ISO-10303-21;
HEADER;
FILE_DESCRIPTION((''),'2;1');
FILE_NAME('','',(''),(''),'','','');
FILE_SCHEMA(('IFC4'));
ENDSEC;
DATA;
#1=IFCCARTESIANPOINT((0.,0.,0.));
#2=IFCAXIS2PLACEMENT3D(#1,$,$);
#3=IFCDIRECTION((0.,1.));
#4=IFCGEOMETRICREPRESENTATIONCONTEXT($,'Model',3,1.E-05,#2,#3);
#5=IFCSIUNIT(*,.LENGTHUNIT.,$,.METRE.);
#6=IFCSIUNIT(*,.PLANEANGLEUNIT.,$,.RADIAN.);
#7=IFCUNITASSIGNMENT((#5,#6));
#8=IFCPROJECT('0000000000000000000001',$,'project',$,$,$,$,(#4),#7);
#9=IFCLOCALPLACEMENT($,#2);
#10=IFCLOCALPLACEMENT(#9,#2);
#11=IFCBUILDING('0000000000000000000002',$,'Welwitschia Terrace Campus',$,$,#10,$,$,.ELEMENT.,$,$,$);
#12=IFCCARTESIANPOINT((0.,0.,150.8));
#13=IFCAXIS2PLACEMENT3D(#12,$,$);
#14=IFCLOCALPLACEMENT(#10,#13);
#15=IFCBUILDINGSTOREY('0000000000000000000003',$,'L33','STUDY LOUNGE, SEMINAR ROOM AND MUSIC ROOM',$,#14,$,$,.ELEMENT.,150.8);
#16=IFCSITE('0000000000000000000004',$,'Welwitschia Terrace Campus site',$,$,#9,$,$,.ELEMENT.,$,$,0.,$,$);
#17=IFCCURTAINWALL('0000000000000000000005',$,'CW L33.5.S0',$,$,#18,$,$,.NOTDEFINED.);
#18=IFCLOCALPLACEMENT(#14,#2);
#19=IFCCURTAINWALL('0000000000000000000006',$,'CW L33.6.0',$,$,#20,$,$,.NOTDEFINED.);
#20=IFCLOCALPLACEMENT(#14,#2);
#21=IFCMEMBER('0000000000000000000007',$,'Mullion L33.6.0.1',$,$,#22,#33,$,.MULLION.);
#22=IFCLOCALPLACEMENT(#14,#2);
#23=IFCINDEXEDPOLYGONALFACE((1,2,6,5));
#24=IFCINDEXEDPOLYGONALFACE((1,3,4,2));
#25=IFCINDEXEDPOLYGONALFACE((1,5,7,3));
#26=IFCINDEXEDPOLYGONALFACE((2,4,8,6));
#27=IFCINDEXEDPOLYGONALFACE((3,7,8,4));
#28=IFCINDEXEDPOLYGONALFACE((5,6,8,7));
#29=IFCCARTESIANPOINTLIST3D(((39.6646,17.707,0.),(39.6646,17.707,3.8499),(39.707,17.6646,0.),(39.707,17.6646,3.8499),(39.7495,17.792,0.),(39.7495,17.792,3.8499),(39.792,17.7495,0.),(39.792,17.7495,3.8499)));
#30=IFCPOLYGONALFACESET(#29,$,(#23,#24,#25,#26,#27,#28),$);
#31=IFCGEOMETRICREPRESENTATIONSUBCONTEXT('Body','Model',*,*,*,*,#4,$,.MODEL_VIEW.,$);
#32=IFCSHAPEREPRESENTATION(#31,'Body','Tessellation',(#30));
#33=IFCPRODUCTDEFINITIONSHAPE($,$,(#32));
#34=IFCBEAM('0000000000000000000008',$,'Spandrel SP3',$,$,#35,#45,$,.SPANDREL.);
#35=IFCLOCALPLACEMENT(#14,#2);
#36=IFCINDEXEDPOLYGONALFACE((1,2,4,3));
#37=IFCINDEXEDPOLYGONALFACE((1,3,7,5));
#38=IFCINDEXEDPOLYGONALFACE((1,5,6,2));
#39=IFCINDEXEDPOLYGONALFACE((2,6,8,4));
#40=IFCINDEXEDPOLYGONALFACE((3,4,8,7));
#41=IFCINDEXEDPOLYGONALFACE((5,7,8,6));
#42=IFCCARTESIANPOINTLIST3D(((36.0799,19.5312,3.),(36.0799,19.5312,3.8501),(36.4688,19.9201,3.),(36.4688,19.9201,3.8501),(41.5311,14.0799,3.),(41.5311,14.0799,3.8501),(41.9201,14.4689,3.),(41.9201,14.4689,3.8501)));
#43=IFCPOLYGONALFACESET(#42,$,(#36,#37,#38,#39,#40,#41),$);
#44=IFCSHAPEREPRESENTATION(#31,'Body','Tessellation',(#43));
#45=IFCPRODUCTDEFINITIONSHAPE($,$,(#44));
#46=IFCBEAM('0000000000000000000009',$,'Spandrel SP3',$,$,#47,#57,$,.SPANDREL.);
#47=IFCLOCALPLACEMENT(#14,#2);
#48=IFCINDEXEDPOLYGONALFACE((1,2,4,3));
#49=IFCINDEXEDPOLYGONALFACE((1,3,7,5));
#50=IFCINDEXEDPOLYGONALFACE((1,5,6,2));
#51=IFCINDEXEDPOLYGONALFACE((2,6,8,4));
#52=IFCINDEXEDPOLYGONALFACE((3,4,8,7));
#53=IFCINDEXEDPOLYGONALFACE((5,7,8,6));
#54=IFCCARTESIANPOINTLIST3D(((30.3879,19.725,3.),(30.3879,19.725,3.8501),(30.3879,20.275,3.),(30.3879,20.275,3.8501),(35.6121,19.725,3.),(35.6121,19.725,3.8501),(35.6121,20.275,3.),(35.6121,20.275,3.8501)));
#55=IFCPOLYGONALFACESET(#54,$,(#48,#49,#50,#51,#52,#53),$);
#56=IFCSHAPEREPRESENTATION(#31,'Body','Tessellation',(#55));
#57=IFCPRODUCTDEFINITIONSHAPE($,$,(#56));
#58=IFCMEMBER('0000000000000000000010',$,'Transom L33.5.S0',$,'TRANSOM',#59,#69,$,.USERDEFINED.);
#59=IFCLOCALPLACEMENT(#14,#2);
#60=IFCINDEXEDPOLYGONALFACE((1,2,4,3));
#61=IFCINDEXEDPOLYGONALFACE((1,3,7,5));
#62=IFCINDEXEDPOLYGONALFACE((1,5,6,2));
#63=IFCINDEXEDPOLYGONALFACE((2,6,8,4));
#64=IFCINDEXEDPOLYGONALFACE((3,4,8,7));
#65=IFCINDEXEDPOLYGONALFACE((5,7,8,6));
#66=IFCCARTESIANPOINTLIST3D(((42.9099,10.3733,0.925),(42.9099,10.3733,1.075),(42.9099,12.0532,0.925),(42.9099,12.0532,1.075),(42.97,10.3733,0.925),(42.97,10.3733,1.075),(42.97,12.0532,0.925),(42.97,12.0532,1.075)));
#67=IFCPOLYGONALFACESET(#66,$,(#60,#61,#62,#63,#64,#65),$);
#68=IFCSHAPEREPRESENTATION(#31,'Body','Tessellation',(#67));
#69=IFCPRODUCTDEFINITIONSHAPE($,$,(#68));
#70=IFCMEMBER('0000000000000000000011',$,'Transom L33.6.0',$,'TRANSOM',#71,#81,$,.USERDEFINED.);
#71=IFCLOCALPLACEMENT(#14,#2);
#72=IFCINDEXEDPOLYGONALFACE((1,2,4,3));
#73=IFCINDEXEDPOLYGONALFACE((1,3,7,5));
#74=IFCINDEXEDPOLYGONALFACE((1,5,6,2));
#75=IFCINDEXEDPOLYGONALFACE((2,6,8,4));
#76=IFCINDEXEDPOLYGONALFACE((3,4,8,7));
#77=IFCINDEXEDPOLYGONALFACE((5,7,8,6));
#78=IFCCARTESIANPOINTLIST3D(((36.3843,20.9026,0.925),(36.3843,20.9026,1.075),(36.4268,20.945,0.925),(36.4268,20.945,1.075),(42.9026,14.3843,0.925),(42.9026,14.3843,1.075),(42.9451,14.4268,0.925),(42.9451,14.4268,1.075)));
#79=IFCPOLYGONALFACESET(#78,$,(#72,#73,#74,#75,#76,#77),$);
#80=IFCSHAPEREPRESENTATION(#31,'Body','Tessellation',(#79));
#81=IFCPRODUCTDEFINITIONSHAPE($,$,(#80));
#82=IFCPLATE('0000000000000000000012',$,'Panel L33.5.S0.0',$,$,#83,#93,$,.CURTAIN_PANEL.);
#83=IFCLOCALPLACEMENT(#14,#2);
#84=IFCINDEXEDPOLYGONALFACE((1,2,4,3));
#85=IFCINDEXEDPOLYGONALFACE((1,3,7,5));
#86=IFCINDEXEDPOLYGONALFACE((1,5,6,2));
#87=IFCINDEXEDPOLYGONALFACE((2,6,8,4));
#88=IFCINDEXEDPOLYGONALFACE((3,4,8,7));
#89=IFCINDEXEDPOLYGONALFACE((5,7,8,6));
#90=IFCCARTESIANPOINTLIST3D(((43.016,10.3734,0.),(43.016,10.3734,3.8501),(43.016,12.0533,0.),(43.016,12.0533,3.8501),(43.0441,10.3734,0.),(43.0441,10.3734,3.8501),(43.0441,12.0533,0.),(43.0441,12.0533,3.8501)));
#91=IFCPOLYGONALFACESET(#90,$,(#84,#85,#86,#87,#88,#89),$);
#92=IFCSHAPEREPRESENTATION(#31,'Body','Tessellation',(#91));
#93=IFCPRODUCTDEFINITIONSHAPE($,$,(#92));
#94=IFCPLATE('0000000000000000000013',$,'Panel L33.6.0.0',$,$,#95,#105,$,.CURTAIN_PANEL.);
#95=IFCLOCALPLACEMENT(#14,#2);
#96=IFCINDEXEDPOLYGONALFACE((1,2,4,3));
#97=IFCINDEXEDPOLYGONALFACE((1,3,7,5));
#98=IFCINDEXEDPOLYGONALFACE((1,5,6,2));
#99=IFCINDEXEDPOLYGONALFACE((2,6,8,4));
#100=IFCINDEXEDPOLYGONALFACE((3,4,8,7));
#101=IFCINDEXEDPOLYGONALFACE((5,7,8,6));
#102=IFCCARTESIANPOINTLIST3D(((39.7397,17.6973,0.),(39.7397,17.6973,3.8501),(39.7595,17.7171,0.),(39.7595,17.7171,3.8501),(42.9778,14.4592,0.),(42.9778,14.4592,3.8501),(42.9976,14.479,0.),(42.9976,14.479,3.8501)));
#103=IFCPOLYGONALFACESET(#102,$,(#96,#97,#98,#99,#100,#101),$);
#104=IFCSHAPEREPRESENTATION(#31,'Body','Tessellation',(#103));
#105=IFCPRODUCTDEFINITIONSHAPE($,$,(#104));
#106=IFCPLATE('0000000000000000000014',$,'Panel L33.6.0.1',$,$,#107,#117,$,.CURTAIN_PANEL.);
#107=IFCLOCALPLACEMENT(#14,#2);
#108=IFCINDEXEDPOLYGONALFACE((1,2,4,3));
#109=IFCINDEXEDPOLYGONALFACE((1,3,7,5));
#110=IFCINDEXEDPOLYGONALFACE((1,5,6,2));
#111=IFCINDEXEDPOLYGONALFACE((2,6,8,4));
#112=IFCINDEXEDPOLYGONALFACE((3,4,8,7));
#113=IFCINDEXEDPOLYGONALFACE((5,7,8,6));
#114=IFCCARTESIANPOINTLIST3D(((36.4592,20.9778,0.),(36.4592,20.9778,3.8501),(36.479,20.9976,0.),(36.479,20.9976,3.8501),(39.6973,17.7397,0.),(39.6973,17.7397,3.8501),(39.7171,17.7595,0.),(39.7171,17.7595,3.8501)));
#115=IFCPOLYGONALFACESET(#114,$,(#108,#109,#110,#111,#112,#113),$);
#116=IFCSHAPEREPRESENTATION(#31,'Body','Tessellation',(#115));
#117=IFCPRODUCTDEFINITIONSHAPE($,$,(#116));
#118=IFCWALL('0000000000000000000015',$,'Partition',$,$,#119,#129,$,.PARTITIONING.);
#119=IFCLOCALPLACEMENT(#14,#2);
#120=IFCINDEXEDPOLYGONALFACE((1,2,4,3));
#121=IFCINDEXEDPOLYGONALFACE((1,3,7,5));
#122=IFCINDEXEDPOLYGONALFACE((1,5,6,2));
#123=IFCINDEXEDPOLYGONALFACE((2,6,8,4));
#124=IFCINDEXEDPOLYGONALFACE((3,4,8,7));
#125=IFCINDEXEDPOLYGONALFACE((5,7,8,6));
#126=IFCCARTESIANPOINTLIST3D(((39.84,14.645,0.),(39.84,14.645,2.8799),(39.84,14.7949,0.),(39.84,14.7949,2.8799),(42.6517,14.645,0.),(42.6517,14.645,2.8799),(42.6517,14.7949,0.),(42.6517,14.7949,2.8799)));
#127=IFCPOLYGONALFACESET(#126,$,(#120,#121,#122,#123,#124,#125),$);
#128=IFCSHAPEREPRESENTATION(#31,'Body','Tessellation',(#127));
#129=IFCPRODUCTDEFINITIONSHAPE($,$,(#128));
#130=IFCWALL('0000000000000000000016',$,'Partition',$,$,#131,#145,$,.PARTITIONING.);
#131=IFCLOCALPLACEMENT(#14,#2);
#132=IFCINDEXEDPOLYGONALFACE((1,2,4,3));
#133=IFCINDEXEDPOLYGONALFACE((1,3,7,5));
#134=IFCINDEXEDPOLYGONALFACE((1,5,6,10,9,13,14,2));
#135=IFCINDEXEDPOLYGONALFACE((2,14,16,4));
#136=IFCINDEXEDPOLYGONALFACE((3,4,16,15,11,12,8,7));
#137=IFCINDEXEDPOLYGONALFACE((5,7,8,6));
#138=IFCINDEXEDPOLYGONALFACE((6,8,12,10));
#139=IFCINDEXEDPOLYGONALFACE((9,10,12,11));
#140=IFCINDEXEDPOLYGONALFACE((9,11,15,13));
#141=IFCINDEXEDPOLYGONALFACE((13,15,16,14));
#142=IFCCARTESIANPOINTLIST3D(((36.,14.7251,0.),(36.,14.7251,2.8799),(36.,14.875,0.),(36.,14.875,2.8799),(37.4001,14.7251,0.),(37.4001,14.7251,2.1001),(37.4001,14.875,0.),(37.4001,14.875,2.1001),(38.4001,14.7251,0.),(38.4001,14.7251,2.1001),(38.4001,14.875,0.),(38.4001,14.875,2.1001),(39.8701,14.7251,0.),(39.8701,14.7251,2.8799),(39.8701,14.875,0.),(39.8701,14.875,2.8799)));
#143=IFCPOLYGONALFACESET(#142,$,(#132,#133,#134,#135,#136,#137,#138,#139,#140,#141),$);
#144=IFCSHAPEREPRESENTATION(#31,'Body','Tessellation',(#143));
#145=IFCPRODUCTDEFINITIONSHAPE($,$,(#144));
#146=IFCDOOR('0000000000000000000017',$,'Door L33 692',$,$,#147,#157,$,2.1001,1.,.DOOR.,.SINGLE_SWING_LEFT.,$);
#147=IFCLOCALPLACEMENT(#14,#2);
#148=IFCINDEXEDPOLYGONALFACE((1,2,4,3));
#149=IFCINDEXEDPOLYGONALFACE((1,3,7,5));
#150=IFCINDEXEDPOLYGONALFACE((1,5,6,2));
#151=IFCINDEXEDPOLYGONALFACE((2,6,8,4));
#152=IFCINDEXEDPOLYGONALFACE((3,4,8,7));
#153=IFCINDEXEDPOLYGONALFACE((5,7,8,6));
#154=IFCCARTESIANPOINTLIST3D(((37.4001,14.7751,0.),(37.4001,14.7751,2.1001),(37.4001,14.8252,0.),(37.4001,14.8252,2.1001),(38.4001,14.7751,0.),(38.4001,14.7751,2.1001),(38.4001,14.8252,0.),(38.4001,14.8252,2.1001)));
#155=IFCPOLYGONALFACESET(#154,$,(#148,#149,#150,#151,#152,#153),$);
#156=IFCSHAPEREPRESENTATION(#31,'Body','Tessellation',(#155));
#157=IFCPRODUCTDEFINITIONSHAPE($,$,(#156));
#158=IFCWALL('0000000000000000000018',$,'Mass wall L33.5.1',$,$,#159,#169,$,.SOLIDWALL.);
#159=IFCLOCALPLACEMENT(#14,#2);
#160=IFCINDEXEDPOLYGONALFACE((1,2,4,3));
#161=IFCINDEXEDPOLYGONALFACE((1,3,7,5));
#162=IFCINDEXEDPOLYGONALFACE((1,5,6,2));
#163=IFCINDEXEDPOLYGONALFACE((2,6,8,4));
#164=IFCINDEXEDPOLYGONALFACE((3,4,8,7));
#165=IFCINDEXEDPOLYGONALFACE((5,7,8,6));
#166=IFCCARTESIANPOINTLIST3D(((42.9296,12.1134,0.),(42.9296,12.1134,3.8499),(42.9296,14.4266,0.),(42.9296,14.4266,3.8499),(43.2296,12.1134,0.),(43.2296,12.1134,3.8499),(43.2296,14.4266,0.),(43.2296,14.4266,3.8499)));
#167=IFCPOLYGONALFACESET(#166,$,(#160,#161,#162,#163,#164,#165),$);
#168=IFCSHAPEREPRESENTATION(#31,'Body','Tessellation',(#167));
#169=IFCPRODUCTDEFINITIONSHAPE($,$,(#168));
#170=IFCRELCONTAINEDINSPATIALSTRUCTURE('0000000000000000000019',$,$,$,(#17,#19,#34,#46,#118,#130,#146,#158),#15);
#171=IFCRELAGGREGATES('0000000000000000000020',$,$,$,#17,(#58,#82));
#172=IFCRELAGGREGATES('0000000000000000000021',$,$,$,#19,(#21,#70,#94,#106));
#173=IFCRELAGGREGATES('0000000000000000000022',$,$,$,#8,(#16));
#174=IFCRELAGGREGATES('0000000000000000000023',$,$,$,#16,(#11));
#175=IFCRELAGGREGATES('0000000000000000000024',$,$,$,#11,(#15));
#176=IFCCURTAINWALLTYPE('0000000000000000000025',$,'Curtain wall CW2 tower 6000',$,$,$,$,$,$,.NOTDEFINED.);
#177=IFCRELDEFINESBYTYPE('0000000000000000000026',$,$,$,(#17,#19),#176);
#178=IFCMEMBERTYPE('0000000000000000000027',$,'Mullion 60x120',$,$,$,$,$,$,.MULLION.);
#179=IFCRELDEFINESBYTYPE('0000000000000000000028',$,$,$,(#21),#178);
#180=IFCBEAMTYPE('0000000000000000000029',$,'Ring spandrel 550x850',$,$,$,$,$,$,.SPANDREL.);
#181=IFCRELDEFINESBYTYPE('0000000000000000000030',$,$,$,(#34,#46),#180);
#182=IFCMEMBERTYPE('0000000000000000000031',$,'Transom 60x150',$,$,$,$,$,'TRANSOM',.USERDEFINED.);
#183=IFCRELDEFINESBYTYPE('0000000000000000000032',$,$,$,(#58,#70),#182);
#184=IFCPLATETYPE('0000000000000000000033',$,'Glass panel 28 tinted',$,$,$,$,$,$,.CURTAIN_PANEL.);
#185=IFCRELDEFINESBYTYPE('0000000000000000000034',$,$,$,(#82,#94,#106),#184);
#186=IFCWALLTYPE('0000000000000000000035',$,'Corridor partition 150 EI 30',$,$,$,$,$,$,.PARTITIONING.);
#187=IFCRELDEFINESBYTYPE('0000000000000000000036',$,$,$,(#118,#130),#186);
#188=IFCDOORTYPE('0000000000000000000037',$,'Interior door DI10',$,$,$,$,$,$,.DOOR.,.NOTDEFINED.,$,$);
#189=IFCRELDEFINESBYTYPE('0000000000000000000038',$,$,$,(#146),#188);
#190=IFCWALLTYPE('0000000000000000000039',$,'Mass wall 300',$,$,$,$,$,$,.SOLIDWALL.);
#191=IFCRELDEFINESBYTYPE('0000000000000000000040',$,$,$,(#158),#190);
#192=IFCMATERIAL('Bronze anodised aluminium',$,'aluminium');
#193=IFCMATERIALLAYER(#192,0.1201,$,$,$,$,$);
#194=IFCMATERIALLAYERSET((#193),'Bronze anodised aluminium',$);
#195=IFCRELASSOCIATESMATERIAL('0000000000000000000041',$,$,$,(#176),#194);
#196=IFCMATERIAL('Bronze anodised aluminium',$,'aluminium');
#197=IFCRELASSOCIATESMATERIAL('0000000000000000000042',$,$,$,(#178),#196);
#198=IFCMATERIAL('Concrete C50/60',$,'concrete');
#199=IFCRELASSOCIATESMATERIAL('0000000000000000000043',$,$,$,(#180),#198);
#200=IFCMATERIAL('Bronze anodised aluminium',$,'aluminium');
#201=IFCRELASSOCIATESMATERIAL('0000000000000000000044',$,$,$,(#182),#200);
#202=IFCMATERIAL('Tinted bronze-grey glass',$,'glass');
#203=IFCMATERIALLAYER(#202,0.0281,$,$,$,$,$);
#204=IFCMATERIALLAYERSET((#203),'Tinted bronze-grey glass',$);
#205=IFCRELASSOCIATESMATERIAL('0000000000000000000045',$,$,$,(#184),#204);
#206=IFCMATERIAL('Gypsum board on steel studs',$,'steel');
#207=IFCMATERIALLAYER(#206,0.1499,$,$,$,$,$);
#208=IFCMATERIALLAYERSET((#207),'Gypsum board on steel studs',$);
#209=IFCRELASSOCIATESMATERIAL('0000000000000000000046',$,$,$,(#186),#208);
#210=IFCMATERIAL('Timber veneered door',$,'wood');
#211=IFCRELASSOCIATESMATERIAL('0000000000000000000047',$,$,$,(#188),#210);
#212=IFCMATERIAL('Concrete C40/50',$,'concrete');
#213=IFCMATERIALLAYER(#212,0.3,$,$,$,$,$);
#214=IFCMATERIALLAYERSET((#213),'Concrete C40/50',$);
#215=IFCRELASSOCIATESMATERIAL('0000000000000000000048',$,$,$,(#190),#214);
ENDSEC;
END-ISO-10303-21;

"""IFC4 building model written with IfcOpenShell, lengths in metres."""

from ifc_helpers import new_model, si_unit, direction, frame, frame_2d, origin, origin_2d, place, context, subcontext, project, spatial, rectangle, extrude, material, layer, layer_set, material_profile, profile_set, type_object, element, fill, aggregate, save


model = new_model("IFC4")

# Units and contexts
model_context = context("Model", 3, precision=1e-05, world=origin(), true_north=direction((0.0, 1.0)))
body_context = subcontext(model_context, "Body", "Model", "MODEL_VIEW")
ifc_project = project(units=[si_unit("LENGTHUNIT", "METRE"), si_unit("PLANEANGLEUNIT", "RADIAN")], contexts=[model_context])

# Site, building, storey
site_placement = place(None, origin())
site = spatial("IfcSite", under=ifc_project, at=site_placement, Name="Welwitschia Terrace Campus site", CompositionType="ELEMENT", RefElevation=0.0)
building_placement = place(site_placement, origin())
building = spatial("IfcBuilding", under=site, at=building_placement, Name="Welwitschia Terrace Campus", CompositionType="ELEMENT")
storey_placement = place(building_placement, frame((0.0, 0.0, 150.8)))
storey = spatial("IfcBuildingStorey", under=building, at=storey_placement, Name="L33", Description="STUDY LOUNGE, SEMINAR ROOM AND MUSIC ROOM", CompositionType="ELEMENT", Elevation=150.8)

# Curtain walls, member
ifc_material_1 = material(Name="Bronze anodised aluminium", Category="aluminium")
ifc_layer_1 = layer(ifc_material_1, 0.1201)
ifc_layer_set_1 = layer_set([ifc_layer_1], Name="Bronze anodised aluminium")
curtain_wall_type = type_object("IfcCurtainWallType", Name="Curtain wall CW2 tower 6000", PredefinedType="NOTDEFINED", material=ifc_layer_set_1)
curtain_wall_1_placement = place(storey_placement, origin())
curtain_wall_1 = element("IfcCurtainWall", 1, at=curtain_wall_1_placement, inside=storey, type_object=curtain_wall_type, Name="CW L33.5.S0", PredefinedType="NOTDEFINED")
ifc_material_2 = material(Name="Bronze anodised aluminium", Category="aluminium")
ifc_material_profile_1 = material_profile(ifc_material_2, rectangle(XDim=0.1201, YDim=0.0601, at=origin_2d()))
ifc_profile_set_1 = profile_set([ifc_material_profile_1], Name="Bronze anodised aluminium")
member_type_1 = type_object("IfcMemberType", Name="Mullion 60x120", PredefinedType="MULLION", material=ifc_profile_set_1)
curtain_wall_2_placement = place(storey_placement, origin())
curtain_wall_2 = element("IfcCurtainWall", 2, at=curtain_wall_2_placement, inside=storey, type_object=curtain_wall_type, Name="CW L33.6.0", PredefinedType="NOTDEFINED")
member_1_placement = place(storey_placement, frame((39.7283, 17.7283, 0.0), z_axis=(0.0, 0.0, 1.0), x_axis=(-0.707107, -0.707107, 0.0)))
member_1 = element("IfcMember", 3, at=member_1_placement, type_object=member_type_1, Name="Mullion L33.6.0.1", PredefinedType="MULLION", context=body_context, shape_type="SweptSolid", body=[
    extrude(rectangle(XDim=0.1201, YDim=0.0601, at=origin_2d()), origin(), (0.0, 0.0, 1.0), 3.8499),
])

# Beams
ifc_material_3 = material(Name="Concrete C50/60", Category="concrete")
ifc_material_profile_2 = material_profile(ifc_material_3, rectangle(XDim=0.55, YDim=0.8501, at=origin_2d()))
ifc_profile_set_2 = profile_set([ifc_material_profile_2], Name="Concrete C50/60")
beam_type_1 = type_object("IfcBeamType", Name="Ring spandrel 550x850", PredefinedType="SPANDREL", material=ifc_profile_set_2)
beam_1_placement = place(storey_placement, frame((41.7256, 14.2744, 3.425), z_axis=(-0.707107, 0.707107, 0.0), x_axis=(-0.707107, -0.707107, 0.0)))
element("IfcBeam", 4, at=beam_1_placement, inside=storey, type_object=beam_type_1, Name="Spandrel SP3", PredefinedType="SPANDREL", context=body_context, shape_type="SweptSolid", body=[
    extrude(rectangle(XDim=0.55, YDim=0.8501, at=origin_2d()), origin(), (0.0, 0.0, 1.0), 7.7092),
])
beam_2_placement = place(storey_placement, frame((35.6121, 20.0, 3.425), z_axis=(-1.0, 0.0, 0.0), x_axis=(0.0, -1.0, 0.0)))
element("IfcBeam", 5, at=beam_2_placement, inside=storey, type_object=beam_type_1, Name="Spandrel SP3", PredefinedType="SPANDREL", context=body_context, shape_type="SweptSolid", body=[
    extrude(rectangle(XDim=0.55, YDim=0.8501, at=origin_2d()), origin(), (0.0, 0.0, 1.0), 5.2241),
])

# Members
ifc_material_4 = material(Name="Bronze anodised aluminium", Category="aluminium")
ifc_material_profile_3 = material_profile(ifc_material_4, rectangle(XDim=0.0601, YDim=0.1499, at=origin_2d()))
ifc_profile_set_3 = profile_set([ifc_material_profile_3], Name="Bronze anodised aluminium")
member_type_2 = type_object("IfcMemberType", Name="Transom 60x150", ElementType="TRANSOM", PredefinedType="USERDEFINED", material=ifc_profile_set_3)
member_2_placement = place(storey_placement, frame((42.9399, 10.3733, 1.0), z_axis=(0.0, 1.0, 0.0), x_axis=(-1.0, 0.0, 0.0)))
member_2 = element("IfcMember", 6, at=member_2_placement, type_object=member_type_2, Name="Transom L33.5.S0", ObjectType="TRANSOM", PredefinedType="USERDEFINED", context=body_context, shape_type="SweptSolid", body=[
    extrude(rectangle(XDim=0.0601, YDim=0.1499, at=origin_2d()), origin(), (0.0, 0.0, 1.0), 1.6799),
])
member_3_placement = place(storey_placement, frame((42.9238, 14.4055, 1.0), z_axis=(-0.707107, 0.707107, 0.0), x_axis=(-0.707107, -0.707107, 0.0)))
member_3 = element("IfcMember", 7, at=member_3_placement, type_object=member_type_2, Name="Transom L33.6.0", ObjectType="TRANSOM", PredefinedType="USERDEFINED", context=body_context, shape_type="SweptSolid", body=[
    extrude(rectangle(XDim=0.0601, YDim=0.1499, at=origin_2d()), origin(), (0.0, 0.0, 1.0), 9.2183),
])

# Plates
ifc_material_5 = material(Name="Tinted bronze-grey glass", Category="glass")
ifc_layer_2 = layer(ifc_material_5, 0.0281)
ifc_layer_set_2 = layer_set([ifc_layer_2], Name="Tinted bronze-grey glass")
plate_type = type_object("IfcPlateType", Name="Glass panel 28 tinted", PredefinedType="CURTAIN_PANEL", material=ifc_layer_set_2)
plate_1_placement = place(storey_placement, frame((43.03, 11.2134, 0.0), z_axis=(0.0, 0.0, 1.0), x_axis=(0.0, 1.0, 0.0)))
plate_1 = element("IfcPlate", 8, at=plate_1_placement, type_object=plate_type, Name="Panel L33.5.S0.0", PredefinedType="CURTAIN_PANEL", context=body_context, shape_type="SweptSolid", body=[
    extrude(rectangle(XDim=1.6799, YDim=0.0281, at=origin_2d()), origin(), (0.0, 0.0, 1.0), 3.8501),
])
aggregate(curtain_wall_1, [member_2, plate_1])
plate_2_placement = place(storey_placement, frame((41.3687, 16.0881, 0.0), z_axis=(0.0, 0.0, 1.0), x_axis=(-0.707107, 0.707107, 0.0)))
plate_2 = element("IfcPlate", 9, at=plate_2_placement, type_object=plate_type, Name="Panel L33.6.0.0", PredefinedType="CURTAIN_PANEL", context=body_context, shape_type="SweptSolid", body=[
    extrude(rectangle(XDim=4.5793, YDim=0.0281, at=origin_2d()), origin(), (0.0, 0.0, 1.0), 3.8501),
])
plate_3_placement = place(storey_placement, frame((38.0881, 19.3687, 0.0), z_axis=(0.0, 0.0, 1.0), x_axis=(-0.707107, 0.707107, 0.0)))
plate_3 = element("IfcPlate", 10, at=plate_3_placement, type_object=plate_type, Name="Panel L33.6.0.1", PredefinedType="CURTAIN_PANEL", context=body_context, shape_type="SweptSolid", body=[
    extrude(rectangle(XDim=4.5793, YDim=0.0281, at=origin_2d()), origin(), (0.0, 0.0, 1.0), 3.8501),
])
aggregate(curtain_wall_2, [member_1, member_3, plate_2, plate_3])

# Wall
ifc_material_6 = material(Name="Gypsum board on steel studs", Category="steel")
ifc_layer_3 = layer(ifc_material_6, 0.1499)
ifc_layer_set_3 = layer_set([ifc_layer_3], Name="Gypsum board on steel studs")
wall_type_1 = type_object("IfcWallType", Name="Corridor partition 150 EI 30", PredefinedType="PARTITIONING", material=ifc_layer_set_3)
wall_1_placement = place(storey_placement, frame((39.8401, 14.72, 0.0), z_axis=(0.0, 0.0, 1.0), x_axis=(1.0, 0.0, 0.0)))
element("IfcWall", 11, at=wall_1_placement, inside=storey, type_object=wall_type_1, Name="Partition", PredefinedType="PARTITIONING", context=body_context, shape_type="SweptSolid", body=[
    extrude(rectangle(XDim=2.8118, YDim=0.1499, at=frame_2d((1.4058, 0.0))), origin(), (0.0, 0.0, 1.0), 2.8799),
])

# Wall, opening, door
wall_2_placement = place(storey_placement, frame((39.8701, 14.8, 0.0), z_axis=(0.0, 0.0, 1.0), x_axis=(-1.0, 0.0, 0.0)))
wall_2 = element("IfcWall", 12, at=wall_2_placement, inside=storey, type_object=wall_type_1, Name="Partition", PredefinedType="PARTITIONING", context=body_context, shape_type="SweptSolid", body=[
    extrude(rectangle(XDim=3.8701, YDim=0.1499, at=frame_2d((1.9351, 0.0))), origin(), (0.0, 0.0, 1.0), 2.8799),
])
opening_placement = place(wall_2_placement, frame((1.47, 0.0, 0.0)))
opening = element("IfcOpeningElement", 13, at=opening_placement, cuts=wall_2, PredefinedType="OPENING", context=body_context, shape_type="SweptSolid", body=[
    extrude(rectangle(XDim=1.0, YDim=2.1001, at=frame_2d((0.5, 1.05))), frame((0.0, 0.085, 0.0), z_axis=(0.0, -1.0, 0.0), x_axis=(1.0, 0.0, 0.0)), (0.0, 0.0, 1.0), 0.1699),
])
ifc_material_7 = material(Name="Timber veneered door", Category="wood")
door_type = type_object("IfcDoorType", Name="Interior door DI10", OperationType="NOTDEFINED", PredefinedType="DOOR", material=ifc_material_7)
door_placement = place(opening_placement, origin())
door = element("IfcDoor", 14, at=door_placement, inside=storey, type_object=door_type, Name="Door L33 692", OperationType="SINGLE_SWING_LEFT", OverallHeight=2.1001, OverallWidth=1.0, PredefinedType="DOOR", context=body_context, shape_type="SweptSolid", body=[
    extrude(rectangle(XDim=1.0, YDim=2.1001, at=frame_2d((0.5, 1.05))), frame((0.0, 0.0249, 0.0), z_axis=(0.0, -1.0, 0.0), x_axis=(1.0, 0.0, 0.0)), (0.0, 0.0, 1.0), 0.05),
])
fill(opening, door)

# Wall
ifc_material_8 = material(Name="Concrete C40/50", Category="concrete")
ifc_layer_4 = layer(ifc_material_8, 0.3)
ifc_layer_set_4 = layer_set([ifc_layer_4], Name="Concrete C40/50")
wall_type_2 = type_object("IfcWallType", Name="Mass wall 300", PredefinedType="SOLIDWALL", material=ifc_layer_set_4)
wall_3_placement = place(storey_placement, frame((43.0796, 12.1133, 0.0), z_axis=(0.0, 0.0, 1.0), x_axis=(0.0, 1.0, 0.0)))
element("IfcWall", 15, at=wall_3_placement, inside=storey, type_object=wall_type_2, Name="Mass wall L33.5.1", PredefinedType="SOLIDWALL", context=body_context, shape_type="SweptSolid", body=[
    extrude(rectangle(XDim=2.3132, YDim=0.3, at=frame_2d((1.1567, 0.0))), origin(), (0.0, 0.0, 1.0), 3.8499),
])

save(model, "model.ifc")
